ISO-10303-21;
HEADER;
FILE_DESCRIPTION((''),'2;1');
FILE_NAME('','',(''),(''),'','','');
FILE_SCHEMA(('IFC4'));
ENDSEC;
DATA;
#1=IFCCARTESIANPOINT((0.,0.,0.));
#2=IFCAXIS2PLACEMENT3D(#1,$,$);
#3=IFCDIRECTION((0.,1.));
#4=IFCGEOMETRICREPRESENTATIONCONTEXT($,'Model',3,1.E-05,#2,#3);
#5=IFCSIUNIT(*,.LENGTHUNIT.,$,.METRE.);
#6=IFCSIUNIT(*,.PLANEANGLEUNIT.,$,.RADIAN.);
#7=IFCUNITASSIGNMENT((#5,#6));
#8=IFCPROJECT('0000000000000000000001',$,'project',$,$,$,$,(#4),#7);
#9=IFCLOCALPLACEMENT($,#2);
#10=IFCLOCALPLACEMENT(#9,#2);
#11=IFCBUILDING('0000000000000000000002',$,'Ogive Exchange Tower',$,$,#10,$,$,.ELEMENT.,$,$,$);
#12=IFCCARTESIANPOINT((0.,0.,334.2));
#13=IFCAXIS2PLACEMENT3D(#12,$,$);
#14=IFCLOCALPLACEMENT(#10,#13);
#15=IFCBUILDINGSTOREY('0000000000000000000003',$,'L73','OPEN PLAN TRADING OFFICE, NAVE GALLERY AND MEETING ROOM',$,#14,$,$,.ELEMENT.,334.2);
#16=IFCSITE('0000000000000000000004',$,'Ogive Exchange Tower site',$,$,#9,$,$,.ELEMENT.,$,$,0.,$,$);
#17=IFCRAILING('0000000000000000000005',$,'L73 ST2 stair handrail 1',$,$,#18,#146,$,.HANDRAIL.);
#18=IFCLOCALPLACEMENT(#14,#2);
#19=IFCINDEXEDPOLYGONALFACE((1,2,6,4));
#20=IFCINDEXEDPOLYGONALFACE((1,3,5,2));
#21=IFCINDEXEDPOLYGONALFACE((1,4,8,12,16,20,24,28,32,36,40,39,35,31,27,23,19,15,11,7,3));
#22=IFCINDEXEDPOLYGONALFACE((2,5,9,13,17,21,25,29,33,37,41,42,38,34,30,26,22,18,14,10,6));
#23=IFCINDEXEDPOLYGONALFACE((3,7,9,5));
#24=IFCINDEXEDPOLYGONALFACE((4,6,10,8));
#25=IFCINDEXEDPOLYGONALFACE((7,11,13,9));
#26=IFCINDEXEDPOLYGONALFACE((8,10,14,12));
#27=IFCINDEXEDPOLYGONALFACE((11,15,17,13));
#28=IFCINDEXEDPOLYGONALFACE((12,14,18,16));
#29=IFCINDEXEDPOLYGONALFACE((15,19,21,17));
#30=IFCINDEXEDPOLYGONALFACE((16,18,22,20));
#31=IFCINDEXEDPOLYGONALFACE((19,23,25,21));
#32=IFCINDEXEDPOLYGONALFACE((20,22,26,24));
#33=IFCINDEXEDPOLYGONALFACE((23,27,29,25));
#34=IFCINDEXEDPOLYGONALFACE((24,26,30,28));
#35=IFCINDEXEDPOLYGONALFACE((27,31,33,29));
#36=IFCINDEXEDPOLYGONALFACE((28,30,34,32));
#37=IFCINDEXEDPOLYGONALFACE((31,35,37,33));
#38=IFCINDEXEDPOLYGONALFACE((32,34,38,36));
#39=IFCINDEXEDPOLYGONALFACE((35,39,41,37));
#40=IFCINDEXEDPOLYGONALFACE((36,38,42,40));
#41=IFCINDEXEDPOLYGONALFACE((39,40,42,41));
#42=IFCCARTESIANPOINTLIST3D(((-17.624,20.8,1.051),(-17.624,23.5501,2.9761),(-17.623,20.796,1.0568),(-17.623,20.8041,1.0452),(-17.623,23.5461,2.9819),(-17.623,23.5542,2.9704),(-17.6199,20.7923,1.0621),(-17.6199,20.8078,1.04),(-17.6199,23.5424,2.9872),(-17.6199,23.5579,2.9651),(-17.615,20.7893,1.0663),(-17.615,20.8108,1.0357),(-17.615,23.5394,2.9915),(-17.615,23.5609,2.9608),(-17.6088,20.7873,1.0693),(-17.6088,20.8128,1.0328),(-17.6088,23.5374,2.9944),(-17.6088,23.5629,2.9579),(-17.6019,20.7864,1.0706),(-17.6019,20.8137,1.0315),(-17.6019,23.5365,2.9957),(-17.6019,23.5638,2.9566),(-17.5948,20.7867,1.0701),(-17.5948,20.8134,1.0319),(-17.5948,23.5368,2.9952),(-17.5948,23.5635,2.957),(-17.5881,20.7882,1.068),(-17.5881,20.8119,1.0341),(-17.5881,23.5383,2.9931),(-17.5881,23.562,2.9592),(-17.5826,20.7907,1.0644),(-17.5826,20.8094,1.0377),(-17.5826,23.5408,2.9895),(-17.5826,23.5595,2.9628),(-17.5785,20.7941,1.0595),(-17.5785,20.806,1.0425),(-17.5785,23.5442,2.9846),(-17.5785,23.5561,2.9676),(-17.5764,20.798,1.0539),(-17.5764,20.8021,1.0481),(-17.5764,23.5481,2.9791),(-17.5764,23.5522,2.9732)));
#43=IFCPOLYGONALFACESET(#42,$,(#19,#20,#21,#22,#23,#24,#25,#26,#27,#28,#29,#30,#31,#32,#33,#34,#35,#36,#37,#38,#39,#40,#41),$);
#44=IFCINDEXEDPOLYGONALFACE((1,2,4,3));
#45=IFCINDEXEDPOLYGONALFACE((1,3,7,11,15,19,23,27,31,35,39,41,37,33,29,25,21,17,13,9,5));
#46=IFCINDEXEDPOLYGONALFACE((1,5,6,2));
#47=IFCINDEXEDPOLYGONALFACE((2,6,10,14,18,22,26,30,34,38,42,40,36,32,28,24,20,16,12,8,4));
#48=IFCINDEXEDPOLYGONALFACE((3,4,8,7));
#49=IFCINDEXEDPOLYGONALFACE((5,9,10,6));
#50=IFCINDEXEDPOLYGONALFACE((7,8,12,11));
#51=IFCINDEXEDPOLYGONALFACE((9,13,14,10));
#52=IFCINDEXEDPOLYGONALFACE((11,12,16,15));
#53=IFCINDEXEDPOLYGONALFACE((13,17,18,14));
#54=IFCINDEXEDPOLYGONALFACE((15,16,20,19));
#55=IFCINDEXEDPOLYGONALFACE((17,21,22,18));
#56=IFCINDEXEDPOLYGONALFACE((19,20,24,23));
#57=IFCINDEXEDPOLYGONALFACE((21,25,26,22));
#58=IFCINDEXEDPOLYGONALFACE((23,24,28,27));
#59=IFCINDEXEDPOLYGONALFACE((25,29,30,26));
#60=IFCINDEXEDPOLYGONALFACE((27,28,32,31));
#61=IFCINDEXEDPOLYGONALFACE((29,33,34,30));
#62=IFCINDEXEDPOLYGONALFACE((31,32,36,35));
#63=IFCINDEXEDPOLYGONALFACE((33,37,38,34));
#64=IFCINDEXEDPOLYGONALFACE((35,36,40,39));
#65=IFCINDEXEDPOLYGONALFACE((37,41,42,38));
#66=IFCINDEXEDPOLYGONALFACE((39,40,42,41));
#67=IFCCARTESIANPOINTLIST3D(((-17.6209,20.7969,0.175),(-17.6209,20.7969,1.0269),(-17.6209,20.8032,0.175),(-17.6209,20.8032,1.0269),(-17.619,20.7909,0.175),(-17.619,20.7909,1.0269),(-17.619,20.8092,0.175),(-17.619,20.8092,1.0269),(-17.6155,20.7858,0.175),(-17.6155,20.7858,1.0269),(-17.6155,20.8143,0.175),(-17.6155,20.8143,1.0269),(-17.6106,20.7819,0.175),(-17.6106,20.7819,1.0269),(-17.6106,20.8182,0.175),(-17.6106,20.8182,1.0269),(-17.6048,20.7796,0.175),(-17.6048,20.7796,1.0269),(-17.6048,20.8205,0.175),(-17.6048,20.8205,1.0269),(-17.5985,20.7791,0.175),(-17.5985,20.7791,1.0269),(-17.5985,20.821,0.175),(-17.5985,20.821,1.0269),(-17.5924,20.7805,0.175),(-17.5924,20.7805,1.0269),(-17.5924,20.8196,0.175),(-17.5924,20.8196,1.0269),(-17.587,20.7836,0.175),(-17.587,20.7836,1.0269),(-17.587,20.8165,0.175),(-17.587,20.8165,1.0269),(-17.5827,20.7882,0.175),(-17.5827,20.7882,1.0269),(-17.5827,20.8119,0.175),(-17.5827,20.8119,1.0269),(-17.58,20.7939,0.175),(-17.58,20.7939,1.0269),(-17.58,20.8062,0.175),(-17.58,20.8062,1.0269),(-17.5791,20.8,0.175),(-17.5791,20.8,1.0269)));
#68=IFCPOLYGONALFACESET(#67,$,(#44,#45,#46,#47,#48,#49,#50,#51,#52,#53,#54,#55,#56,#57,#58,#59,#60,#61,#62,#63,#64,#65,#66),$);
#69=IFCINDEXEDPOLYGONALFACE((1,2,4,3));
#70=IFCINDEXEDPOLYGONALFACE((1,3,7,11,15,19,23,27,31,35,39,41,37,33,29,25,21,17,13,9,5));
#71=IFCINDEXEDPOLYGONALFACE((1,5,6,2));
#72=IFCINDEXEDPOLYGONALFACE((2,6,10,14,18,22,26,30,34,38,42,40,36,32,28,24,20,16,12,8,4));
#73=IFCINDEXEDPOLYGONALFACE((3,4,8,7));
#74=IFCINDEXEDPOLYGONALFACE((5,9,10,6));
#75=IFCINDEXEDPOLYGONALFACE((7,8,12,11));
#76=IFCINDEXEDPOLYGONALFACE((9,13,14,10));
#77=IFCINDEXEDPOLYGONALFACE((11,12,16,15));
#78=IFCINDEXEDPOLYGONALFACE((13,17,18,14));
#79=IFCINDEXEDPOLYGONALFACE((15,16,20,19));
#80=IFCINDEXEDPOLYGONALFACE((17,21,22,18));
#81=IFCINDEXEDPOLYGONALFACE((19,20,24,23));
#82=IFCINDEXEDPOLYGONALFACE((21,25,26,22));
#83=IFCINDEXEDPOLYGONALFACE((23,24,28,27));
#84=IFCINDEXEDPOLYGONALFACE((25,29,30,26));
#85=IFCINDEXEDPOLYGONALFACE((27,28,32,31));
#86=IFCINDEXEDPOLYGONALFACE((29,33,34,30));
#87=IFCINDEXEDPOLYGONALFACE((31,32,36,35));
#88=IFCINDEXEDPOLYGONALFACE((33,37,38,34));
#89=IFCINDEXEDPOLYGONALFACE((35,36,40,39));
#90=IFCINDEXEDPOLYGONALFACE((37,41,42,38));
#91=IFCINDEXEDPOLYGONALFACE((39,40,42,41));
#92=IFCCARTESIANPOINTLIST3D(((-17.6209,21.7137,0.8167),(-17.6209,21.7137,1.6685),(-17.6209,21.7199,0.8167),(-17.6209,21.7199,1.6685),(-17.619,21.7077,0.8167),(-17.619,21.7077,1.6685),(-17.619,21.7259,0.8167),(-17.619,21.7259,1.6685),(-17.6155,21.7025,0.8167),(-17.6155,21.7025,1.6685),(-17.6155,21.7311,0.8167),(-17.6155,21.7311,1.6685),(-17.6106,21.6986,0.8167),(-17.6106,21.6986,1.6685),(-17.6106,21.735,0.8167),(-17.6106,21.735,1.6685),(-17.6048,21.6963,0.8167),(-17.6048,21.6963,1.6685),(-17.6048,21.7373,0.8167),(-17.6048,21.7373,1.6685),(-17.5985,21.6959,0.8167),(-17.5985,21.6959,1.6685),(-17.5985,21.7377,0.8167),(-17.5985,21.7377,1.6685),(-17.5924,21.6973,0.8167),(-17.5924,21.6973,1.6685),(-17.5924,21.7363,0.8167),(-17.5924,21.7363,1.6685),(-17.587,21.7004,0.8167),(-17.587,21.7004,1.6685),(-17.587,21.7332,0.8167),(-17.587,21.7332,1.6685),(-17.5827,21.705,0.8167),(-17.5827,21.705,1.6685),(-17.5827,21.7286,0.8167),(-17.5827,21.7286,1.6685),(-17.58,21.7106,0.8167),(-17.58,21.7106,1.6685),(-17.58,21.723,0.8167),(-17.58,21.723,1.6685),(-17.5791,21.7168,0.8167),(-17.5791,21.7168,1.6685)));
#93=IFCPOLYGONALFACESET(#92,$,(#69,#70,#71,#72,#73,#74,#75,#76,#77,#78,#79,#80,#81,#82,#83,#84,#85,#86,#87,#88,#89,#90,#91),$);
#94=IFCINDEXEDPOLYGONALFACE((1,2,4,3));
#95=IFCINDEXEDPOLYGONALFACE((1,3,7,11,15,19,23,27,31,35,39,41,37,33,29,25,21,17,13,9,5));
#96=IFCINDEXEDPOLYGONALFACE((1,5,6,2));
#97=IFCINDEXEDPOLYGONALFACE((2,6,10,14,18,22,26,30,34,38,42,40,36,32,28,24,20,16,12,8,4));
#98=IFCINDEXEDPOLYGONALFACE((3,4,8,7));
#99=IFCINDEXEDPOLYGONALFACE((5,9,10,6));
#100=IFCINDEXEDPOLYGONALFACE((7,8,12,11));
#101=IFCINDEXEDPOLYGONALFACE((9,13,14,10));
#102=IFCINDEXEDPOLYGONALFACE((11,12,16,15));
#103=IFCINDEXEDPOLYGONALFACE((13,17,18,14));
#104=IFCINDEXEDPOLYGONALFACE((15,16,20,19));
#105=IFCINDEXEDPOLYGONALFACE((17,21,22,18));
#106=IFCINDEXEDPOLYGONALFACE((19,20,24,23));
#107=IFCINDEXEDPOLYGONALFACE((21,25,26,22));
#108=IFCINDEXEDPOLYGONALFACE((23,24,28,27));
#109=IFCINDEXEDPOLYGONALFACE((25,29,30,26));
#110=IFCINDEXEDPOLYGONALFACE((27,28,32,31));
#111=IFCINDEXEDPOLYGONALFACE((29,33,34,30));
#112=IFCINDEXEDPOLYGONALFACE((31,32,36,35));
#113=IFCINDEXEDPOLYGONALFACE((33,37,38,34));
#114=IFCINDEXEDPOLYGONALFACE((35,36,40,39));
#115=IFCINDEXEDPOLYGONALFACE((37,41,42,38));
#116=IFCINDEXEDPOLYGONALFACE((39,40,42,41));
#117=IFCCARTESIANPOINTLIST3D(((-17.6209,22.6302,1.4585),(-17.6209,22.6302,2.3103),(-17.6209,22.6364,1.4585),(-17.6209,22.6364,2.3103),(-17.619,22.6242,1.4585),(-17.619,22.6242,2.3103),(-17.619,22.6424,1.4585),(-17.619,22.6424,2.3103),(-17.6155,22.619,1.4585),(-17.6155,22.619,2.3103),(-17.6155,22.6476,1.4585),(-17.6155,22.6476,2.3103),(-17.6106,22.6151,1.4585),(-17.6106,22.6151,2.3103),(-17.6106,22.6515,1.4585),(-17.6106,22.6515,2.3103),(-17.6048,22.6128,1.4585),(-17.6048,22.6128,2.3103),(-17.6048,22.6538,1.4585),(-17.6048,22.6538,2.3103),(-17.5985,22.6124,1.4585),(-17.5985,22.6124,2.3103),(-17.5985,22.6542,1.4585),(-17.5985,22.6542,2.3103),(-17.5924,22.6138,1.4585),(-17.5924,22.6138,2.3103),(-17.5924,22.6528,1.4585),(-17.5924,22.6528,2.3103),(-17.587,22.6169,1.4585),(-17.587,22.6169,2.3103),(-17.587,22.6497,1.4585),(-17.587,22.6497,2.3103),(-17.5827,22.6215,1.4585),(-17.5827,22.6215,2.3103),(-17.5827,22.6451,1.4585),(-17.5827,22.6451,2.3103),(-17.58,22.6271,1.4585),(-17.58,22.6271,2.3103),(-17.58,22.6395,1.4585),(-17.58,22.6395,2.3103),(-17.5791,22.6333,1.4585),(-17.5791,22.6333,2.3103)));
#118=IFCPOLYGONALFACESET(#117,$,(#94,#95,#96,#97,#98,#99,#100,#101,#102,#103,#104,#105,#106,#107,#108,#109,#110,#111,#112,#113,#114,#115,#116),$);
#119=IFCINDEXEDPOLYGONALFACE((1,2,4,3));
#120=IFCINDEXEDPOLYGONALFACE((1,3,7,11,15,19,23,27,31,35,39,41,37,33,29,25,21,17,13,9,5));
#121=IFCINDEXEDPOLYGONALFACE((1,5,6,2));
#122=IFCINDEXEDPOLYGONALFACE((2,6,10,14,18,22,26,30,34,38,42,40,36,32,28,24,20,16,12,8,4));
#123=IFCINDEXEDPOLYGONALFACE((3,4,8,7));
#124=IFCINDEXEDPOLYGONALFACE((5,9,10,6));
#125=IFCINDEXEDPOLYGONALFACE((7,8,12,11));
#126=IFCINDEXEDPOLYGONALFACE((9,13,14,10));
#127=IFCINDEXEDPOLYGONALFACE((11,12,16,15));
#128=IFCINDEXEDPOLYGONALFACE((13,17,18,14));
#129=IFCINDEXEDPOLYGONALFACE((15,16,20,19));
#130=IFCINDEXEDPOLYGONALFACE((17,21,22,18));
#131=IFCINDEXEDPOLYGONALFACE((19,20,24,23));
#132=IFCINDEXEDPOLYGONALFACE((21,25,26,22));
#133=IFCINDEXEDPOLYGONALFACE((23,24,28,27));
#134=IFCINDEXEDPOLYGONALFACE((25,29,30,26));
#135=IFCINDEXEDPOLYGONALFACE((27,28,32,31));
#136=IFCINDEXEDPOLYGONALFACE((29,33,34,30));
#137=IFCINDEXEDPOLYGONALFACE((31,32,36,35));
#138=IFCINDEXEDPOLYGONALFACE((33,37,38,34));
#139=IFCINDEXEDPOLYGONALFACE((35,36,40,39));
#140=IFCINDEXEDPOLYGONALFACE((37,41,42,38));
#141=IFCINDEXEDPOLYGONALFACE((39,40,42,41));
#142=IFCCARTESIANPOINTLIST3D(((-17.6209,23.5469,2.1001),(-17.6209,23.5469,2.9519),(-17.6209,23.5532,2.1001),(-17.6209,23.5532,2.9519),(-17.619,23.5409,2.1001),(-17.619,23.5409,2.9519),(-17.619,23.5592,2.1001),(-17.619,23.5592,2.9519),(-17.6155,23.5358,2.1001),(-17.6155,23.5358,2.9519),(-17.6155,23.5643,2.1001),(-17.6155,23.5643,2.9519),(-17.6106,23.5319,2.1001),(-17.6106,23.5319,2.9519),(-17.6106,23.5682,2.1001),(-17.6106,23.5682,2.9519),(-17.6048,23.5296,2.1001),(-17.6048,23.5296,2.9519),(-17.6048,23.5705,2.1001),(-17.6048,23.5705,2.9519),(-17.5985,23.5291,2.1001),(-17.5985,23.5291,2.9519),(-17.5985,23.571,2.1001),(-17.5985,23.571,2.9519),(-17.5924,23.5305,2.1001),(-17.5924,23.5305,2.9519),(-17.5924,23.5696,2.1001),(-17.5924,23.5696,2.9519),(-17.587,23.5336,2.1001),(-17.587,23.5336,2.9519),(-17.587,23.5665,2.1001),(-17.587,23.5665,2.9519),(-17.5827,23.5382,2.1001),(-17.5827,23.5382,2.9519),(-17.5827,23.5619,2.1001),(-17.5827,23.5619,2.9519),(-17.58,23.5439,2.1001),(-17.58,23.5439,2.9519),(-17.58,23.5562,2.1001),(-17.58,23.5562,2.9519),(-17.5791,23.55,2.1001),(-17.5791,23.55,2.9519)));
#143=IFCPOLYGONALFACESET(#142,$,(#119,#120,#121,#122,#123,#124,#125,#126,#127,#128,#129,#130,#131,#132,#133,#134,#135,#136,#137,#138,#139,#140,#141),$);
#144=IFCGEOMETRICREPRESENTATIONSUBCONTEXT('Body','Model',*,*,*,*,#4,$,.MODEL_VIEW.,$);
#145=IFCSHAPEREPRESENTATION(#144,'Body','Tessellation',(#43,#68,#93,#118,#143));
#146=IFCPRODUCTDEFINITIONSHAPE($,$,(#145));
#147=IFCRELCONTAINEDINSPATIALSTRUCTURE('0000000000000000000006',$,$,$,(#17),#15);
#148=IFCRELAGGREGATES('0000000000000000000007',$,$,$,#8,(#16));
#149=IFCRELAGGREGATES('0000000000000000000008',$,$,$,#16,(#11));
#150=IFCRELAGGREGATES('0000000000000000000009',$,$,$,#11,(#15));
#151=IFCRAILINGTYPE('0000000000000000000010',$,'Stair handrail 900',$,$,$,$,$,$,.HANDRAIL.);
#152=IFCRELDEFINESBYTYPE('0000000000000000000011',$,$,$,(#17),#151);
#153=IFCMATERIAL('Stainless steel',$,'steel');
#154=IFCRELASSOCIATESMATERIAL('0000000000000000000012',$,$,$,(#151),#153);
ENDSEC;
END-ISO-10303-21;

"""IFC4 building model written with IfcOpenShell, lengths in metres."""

from ifc_helpers import new_model, si_unit, direction, frame, origin, origin_2d, place, context, subcontext, project, spatial, circle, extrude, material, type_object, element, save


model = new_model("IFC4")

# Units and contexts
model_context = context("Model", 3, precision=1e-05, world=origin(), true_north=direction((0.0, 1.0)))
body_context = subcontext(model_context, "Body", "Model", "MODEL_VIEW")
ifc_project = project(units=[si_unit("LENGTHUNIT", "METRE"), si_unit("PLANEANGLEUNIT", "RADIAN")], contexts=[model_context])

# Site, building, storey
site_placement = place(None, origin())
site = spatial("IfcSite", under=ifc_project, at=site_placement, Name="Ogive Exchange Tower site", CompositionType="ELEMENT", RefElevation=0.0)
building_placement = place(site_placement, origin())
building = spatial("IfcBuilding", under=site, at=building_placement, Name="Ogive Exchange Tower", CompositionType="ELEMENT")
storey_placement = place(building_placement, frame((0.0, 0.0, 334.2)))
storey = spatial("IfcBuildingStorey", under=building, at=storey_placement, Name="L73", Description="OPEN PLAN TRADING OFFICE, NAVE GALLERY AND MEETING ROOM", CompositionType="ELEMENT", Elevation=334.2)

# Railing
ifc_material_1 = material(Name="Stainless steel", Category="steel")
railing_type = type_object("IfcRailingType", Name="Stair handrail 900", PredefinedType="HANDRAIL", material=ifc_material_1)
railing_1_placement = place(storey_placement, frame((-17.6001, 20.8, 0.175)))
element("IfcRailing", 1, at=railing_1_placement, inside=storey, type_object=railing_type, Name="L73 ST2 stair handrail 1", PredefinedType="HANDRAIL", context=body_context, shape_type="SweptSolid", body=[
    extrude(circle(Radius=0.0239, at=origin_2d()), frame((0.0, 0.0, 0.876), z_axis=(0.0, 0.819225, 0.573472), x_axis=(-1.0, 0.0, 0.0)), (0.0, 0.0, 1.0), 3.3569),
    extrude(circle(Radius=0.021, at=origin_2d()), origin(), (0.0, 0.0, 1.0), 0.8518),
    extrude(circle(Radius=0.021, at=origin_2d()), frame((0.0, 0.9167, 0.6416)), (0.0, 0.0, 1.0), 0.8518),
    extrude(circle(Radius=0.021, at=origin_2d()), frame((0.0, 1.8333, 1.2834)), (0.0, 0.0, 1.0), 0.8518),
    extrude(circle(Radius=0.021, at=origin_2d()), frame((0.0, 2.75, 1.925)), (0.0, 0.0, 1.0), 0.8518),
])

save(model, "model.ifc")
